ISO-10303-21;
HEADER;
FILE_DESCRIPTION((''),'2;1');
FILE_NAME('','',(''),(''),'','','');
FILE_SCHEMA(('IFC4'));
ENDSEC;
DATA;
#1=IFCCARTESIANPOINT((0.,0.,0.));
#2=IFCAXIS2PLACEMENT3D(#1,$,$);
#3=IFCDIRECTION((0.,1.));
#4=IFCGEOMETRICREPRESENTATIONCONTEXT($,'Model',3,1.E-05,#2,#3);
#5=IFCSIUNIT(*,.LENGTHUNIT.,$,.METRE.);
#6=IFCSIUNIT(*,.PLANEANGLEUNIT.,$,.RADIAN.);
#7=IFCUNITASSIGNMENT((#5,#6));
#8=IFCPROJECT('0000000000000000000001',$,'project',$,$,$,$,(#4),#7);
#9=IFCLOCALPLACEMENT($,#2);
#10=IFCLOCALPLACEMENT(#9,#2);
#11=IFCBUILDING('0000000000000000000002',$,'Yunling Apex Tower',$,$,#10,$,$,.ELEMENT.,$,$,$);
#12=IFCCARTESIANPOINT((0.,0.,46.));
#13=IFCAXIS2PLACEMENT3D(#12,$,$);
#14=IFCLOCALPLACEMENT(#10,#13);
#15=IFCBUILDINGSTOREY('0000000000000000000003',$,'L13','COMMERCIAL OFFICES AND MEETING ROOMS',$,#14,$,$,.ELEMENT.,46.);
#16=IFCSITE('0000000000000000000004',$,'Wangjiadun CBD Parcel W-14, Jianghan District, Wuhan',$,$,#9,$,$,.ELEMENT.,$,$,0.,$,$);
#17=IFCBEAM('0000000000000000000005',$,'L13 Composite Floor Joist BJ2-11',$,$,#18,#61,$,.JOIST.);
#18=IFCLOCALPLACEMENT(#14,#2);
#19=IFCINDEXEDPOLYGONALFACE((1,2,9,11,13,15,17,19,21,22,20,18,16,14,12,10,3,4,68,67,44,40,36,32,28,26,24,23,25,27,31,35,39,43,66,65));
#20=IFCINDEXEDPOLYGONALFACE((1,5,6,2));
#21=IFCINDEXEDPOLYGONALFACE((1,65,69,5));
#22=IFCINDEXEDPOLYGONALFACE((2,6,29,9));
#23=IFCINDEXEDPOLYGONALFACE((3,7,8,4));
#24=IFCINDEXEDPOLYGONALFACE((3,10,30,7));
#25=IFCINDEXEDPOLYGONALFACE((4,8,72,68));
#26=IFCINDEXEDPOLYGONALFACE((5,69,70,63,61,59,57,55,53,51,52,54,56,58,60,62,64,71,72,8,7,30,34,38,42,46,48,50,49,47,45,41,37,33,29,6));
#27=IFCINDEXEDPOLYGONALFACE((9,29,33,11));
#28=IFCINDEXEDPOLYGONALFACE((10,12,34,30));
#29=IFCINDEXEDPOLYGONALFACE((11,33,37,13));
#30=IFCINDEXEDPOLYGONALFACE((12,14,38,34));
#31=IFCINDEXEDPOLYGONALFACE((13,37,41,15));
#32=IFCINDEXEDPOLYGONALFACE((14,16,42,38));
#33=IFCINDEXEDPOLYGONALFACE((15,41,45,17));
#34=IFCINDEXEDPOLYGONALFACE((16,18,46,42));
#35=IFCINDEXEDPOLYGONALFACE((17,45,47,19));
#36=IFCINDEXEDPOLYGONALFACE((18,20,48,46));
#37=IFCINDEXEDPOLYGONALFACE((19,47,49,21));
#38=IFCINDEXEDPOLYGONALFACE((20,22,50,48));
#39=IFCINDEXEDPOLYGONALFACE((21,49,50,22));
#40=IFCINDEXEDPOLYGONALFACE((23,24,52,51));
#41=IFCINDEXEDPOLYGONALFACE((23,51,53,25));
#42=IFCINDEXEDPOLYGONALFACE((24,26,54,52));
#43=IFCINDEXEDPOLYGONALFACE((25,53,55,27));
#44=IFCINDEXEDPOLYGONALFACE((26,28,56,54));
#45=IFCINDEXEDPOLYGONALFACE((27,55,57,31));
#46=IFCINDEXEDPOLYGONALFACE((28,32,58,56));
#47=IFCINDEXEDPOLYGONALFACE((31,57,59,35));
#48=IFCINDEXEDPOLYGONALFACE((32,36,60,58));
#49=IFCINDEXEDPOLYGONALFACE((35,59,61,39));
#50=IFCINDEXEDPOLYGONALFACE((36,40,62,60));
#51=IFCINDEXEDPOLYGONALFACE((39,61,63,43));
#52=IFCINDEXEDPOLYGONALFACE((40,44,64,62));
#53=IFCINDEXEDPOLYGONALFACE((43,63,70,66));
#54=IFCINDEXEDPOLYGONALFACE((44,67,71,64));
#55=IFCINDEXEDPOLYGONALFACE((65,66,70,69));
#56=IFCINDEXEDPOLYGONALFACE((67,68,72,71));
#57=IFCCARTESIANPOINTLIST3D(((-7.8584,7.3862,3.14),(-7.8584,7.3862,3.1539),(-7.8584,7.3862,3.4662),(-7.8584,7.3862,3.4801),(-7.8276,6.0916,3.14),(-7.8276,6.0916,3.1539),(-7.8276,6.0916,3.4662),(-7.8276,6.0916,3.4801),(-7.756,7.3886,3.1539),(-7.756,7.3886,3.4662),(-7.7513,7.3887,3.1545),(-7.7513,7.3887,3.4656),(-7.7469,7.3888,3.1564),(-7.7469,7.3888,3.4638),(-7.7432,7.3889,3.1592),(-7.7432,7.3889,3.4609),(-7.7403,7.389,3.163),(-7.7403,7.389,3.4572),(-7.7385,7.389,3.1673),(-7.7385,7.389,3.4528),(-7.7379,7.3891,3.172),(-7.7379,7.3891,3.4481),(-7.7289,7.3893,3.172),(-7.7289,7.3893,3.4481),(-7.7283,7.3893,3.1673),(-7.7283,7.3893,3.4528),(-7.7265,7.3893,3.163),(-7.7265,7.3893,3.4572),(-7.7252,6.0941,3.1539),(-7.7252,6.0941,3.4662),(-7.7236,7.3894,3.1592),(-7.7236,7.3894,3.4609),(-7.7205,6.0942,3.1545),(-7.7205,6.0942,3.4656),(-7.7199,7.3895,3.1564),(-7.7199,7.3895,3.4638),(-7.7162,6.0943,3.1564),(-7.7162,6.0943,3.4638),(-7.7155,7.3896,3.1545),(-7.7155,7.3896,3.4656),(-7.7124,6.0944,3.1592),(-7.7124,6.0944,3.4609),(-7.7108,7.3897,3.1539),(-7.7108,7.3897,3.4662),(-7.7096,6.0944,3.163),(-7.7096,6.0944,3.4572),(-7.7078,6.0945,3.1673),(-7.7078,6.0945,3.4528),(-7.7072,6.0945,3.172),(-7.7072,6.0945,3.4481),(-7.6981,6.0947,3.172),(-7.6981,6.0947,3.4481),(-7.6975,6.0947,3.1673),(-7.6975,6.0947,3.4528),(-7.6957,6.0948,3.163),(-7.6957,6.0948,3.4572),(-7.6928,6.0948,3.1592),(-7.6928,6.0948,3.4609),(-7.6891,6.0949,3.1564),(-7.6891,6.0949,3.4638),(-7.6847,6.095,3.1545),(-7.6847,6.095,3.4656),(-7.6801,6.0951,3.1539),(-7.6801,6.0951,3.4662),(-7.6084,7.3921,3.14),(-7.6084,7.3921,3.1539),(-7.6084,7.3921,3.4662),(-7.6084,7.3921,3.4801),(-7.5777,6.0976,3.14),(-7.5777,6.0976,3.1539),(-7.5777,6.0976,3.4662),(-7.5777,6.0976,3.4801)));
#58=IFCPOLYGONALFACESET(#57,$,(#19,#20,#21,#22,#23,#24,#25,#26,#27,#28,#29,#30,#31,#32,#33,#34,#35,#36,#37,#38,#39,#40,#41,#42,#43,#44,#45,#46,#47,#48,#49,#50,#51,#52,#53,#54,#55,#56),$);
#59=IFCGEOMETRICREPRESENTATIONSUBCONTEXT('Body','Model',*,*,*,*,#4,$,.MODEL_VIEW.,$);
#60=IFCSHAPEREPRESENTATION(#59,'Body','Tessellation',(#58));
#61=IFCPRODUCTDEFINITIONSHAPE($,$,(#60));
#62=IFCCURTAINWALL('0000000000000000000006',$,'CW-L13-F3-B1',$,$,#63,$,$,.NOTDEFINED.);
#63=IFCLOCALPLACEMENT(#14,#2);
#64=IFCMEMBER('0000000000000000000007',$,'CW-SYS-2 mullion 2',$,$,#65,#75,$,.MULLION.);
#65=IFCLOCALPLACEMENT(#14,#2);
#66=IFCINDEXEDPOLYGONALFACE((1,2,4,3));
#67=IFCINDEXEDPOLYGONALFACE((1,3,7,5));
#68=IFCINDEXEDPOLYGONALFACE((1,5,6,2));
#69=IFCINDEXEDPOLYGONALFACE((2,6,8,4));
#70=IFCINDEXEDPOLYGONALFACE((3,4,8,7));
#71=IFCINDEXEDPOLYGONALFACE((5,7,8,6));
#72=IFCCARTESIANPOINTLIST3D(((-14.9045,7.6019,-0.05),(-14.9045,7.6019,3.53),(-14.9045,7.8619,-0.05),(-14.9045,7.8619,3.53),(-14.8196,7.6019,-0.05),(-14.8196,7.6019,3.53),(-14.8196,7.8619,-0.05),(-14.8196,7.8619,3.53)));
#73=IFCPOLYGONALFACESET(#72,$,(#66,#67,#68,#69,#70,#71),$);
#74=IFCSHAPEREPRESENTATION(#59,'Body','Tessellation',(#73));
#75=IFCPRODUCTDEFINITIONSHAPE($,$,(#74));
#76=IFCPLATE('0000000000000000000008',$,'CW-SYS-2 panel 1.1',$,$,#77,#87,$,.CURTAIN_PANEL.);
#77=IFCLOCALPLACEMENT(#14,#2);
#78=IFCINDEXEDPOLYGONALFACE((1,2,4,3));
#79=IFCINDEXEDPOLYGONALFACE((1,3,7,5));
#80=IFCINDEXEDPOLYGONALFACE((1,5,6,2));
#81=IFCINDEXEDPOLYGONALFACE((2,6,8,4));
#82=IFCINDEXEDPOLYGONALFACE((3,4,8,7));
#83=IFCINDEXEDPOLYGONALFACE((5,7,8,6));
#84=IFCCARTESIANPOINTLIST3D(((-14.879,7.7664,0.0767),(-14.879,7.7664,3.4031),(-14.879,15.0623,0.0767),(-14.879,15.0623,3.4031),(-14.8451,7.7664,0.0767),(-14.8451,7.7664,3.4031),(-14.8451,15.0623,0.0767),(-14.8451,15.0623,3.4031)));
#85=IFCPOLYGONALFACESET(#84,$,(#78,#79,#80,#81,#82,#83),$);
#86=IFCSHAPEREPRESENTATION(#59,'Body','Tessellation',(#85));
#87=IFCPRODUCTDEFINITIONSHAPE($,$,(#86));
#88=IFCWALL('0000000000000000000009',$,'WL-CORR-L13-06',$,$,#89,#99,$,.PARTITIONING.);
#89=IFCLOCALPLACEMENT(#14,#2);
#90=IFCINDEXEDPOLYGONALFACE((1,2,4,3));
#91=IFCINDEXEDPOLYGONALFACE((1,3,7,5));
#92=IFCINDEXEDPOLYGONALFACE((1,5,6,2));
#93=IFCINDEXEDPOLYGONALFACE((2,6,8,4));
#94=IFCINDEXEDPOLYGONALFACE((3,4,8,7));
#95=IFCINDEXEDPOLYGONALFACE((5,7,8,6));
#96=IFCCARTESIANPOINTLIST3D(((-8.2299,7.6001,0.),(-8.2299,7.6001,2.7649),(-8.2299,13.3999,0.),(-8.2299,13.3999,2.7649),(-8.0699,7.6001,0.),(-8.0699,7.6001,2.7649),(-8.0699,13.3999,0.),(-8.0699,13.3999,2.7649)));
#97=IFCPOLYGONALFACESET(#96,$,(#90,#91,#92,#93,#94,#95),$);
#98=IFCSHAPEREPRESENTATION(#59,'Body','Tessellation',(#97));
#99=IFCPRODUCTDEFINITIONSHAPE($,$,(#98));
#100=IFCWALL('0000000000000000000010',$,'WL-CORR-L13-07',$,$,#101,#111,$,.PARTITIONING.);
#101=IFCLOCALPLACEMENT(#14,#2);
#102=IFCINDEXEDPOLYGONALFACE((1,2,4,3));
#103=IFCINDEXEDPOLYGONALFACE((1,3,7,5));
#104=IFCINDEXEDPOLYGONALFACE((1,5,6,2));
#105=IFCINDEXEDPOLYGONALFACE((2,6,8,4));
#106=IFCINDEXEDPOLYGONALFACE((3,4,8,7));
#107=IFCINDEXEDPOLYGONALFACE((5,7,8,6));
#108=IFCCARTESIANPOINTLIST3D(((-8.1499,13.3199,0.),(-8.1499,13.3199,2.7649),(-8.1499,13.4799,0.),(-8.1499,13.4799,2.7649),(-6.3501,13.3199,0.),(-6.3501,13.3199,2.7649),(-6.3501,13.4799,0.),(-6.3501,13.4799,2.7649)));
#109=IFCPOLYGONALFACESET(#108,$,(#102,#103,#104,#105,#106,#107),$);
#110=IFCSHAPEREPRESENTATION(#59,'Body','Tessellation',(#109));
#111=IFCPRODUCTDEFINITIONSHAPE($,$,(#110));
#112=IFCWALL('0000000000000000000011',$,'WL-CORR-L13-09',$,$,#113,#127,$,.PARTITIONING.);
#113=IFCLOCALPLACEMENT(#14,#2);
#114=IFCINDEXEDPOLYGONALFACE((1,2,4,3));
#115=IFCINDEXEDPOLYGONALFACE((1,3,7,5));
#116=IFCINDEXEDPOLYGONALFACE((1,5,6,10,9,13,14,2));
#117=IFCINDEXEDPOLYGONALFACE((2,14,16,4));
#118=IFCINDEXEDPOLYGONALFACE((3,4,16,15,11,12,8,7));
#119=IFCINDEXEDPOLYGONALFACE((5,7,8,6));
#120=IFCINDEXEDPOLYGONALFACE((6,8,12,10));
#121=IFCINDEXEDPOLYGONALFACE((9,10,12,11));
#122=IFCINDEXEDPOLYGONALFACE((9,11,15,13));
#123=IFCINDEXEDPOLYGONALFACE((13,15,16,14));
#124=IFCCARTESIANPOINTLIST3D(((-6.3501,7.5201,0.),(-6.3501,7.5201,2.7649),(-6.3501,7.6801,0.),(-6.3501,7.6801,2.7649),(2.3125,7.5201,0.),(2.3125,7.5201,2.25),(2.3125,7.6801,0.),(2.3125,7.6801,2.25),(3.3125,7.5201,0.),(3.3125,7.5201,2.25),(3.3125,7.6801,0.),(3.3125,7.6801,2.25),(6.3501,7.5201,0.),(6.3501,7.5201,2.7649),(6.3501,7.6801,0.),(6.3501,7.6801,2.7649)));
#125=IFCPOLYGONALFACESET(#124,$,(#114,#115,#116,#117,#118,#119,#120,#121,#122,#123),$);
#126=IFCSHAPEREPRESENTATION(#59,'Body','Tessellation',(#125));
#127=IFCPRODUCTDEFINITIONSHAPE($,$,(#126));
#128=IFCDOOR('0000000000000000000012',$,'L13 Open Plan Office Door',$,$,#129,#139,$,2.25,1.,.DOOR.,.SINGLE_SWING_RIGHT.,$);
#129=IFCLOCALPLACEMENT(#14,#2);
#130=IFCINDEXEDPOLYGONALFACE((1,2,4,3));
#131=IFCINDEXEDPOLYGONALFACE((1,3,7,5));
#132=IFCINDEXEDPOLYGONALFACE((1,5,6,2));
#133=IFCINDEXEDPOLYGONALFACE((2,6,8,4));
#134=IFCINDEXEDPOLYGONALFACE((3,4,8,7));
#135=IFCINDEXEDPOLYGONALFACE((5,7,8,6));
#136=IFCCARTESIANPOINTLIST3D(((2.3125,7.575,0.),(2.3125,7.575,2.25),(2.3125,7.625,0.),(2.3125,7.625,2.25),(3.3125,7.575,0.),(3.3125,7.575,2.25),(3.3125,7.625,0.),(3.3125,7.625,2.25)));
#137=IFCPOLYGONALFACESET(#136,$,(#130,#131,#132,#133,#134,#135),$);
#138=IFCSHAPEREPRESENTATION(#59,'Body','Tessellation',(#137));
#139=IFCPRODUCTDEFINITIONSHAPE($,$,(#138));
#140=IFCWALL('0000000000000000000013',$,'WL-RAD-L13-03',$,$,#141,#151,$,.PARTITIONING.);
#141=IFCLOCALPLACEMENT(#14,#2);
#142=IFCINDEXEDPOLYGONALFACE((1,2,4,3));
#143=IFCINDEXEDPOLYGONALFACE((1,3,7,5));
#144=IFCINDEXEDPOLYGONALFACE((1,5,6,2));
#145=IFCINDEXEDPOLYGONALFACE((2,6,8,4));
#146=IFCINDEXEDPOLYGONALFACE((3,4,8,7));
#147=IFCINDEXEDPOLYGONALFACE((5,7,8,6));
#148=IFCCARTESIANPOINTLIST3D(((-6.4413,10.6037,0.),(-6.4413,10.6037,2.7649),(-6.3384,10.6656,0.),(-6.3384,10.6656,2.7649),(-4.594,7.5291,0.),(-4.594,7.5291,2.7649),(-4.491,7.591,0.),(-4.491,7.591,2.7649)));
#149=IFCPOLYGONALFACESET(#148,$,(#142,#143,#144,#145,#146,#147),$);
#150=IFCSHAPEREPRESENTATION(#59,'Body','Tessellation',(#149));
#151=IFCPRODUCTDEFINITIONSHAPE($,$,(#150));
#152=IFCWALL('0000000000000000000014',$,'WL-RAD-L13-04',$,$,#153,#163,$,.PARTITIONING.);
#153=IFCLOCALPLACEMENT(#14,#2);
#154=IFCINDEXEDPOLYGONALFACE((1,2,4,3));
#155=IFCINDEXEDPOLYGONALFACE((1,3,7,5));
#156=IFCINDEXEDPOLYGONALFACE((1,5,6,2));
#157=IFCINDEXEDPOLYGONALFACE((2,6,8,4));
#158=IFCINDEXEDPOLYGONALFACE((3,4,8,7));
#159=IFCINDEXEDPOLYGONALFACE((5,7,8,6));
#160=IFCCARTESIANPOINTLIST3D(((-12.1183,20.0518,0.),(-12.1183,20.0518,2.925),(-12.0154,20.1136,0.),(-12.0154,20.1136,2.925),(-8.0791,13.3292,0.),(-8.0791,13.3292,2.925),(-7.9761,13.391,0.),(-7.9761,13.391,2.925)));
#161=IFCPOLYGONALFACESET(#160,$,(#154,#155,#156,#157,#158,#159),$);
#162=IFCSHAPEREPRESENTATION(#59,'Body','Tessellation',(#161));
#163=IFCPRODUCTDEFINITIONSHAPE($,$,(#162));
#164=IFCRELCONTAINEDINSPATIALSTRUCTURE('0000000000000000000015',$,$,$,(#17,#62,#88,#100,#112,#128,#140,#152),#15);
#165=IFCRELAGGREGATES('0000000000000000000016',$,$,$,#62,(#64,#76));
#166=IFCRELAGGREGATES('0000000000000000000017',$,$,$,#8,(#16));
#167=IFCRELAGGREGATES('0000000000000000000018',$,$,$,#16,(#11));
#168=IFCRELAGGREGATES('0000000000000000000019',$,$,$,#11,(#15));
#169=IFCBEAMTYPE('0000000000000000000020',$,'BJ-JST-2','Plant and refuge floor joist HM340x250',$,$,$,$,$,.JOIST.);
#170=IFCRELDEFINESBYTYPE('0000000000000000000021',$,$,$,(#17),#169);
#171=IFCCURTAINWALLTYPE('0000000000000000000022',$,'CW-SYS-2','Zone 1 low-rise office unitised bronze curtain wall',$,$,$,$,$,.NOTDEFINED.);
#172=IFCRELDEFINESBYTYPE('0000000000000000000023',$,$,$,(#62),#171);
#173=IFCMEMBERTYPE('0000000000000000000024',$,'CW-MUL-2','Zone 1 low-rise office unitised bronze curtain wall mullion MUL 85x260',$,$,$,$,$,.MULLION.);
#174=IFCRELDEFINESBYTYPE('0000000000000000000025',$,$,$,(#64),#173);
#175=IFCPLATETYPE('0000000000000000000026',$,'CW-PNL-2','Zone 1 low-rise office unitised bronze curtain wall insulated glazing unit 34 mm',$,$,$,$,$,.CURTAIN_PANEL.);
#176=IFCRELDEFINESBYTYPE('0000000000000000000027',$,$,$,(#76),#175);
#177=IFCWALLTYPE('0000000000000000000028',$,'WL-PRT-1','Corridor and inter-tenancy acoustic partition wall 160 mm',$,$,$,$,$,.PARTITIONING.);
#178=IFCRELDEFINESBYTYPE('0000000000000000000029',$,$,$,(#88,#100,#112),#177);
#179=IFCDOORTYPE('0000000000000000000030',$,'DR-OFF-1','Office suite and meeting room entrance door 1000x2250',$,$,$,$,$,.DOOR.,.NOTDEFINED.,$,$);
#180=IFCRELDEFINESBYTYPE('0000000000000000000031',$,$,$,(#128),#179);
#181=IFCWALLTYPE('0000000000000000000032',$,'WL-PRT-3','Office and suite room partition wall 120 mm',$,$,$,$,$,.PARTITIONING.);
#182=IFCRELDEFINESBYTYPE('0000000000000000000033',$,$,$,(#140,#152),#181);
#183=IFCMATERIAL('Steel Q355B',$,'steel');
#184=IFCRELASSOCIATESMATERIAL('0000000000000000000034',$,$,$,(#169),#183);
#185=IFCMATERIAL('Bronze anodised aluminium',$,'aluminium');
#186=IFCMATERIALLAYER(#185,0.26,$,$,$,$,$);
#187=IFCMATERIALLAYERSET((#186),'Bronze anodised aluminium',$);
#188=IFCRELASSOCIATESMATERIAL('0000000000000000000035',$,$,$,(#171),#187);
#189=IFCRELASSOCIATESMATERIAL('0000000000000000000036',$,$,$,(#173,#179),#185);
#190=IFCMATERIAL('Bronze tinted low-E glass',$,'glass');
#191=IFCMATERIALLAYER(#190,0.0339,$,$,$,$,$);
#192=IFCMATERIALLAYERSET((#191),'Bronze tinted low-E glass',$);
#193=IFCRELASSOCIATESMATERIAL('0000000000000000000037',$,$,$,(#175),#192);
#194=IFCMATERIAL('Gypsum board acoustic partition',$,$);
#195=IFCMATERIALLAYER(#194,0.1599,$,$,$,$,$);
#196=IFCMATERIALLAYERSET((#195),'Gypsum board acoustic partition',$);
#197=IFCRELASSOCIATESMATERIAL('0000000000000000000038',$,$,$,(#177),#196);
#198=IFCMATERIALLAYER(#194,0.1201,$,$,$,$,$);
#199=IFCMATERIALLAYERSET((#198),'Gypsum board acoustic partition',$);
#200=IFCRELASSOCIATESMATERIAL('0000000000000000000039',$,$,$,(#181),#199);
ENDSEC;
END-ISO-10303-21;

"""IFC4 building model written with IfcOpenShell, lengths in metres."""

from ifc_helpers import new_model, si_unit, direction, frame, frame_2d, origin, origin_2d, place, context, subcontext, project, spatial, rectangle, i_section, extrude, source, transform, mapped, material, layer, layer_set, material_profile, profile_set, type_object, element, fill, aggregate, save


model = new_model("IFC4")

# Units and contexts
model_context = context("Model", 3, precision=1e-05, world=origin(), true_north=direction((0.0, 1.0)))
body_context = subcontext(model_context, "Body", "Model", "MODEL_VIEW")
ifc_project = project(units=[si_unit("LENGTHUNIT", "METRE"), si_unit("PLANEANGLEUNIT", "RADIAN")], contexts=[model_context])

# Site, building, storey
site_placement = place(None, origin())
site = spatial("IfcSite", under=ifc_project, at=site_placement, Name="Wangjiadun CBD Parcel W-14, Jianghan District, Wuhan", CompositionType="ELEMENT", RefElevation=0.0)
building_placement = place(site_placement, origin())
building = spatial("IfcBuilding", under=site, at=building_placement, Name="Yunling Apex Tower", CompositionType="ELEMENT")
storey_placement = place(building_placement, frame((0.0, 0.0, 46.0)))
storey = spatial("IfcBuildingStorey", under=building, at=storey_placement, Name="L13", Description="COMMERCIAL OFFICES AND MEETING ROOMS", CompositionType="ELEMENT", Elevation=46.0)

# Beam
ifc_material_1 = material(Name="Steel Q355B", Category="steel")
ifc_material_profile_1 = material_profile(ifc_material_1, i_section(OverallWidth=0.25, OverallDepth=0.3401, WebThickness=0.009, FlangeThickness=0.0139, FilletRadius=0.0181, at=origin_2d()))
ifc_profile_set_1 = profile_set([ifc_material_profile_1], Name="Steel Q355B")
beam_type_1 = type_object("IfcBeamType", Name="BJ-JST-2", Description="Plant and refuge floor joist HM340x250", PredefinedType="JOIST", material=ifc_profile_set_1)
shared_shape_1 = source(origin(), body_context, "Body", "SweptSolid", [
    extrude(i_section(OverallWidth=0.25, OverallDepth=0.3401, WebThickness=0.009, FlangeThickness=0.0139, FilletRadius=0.0181, at=origin_2d()), origin(), (0.0, 0.0, 1.0), 1.2949),
])
beam_1_placement = place(storey_placement, frame((-7.7334, 7.3892, 3.3101), z_axis=(0.023753, -0.999718, 0.0), x_axis=(0.999718, 0.023753, 0.0)))
element("IfcBeam", 1, at=beam_1_placement, inside=storey, type_object=beam_type_1, Name="L13 Composite Floor Joist BJ2-11", PredefinedType="JOIST", context=body_context, shape_type="MappedRepresentation", body=[
    mapped(shared_shape_1, transform((0.0, 0.0, 0.0), scale=1.0)),
])

# Curtain wall, member, plate
ifc_material_2 = material(Name="Bronze anodised aluminium", Category="aluminium")
ifc_layer_1 = layer(ifc_material_2, 0.26)
ifc_layer_set_1 = layer_set([ifc_layer_1], Name="Bronze anodised aluminium")
curtain_wall_type = type_object("IfcCurtainWallType", Name="CW-SYS-2", Description="Zone 1 low-rise office unitised bronze curtain wall", PredefinedType="NOTDEFINED", material=ifc_layer_set_1)
curtain_wall_placement = place(storey_placement, origin())
curtain_wall = element("IfcCurtainWall", 2, at=curtain_wall_placement, inside=storey, type_object=curtain_wall_type, Name="CW-L13-F3-B1", PredefinedType="NOTDEFINED")
ifc_material_profile_2 = material_profile(ifc_material_2, rectangle(XDim=0.085, YDim=0.26, at=origin_2d()))
ifc_profile_set_2 = profile_set([ifc_material_profile_2], Name="Bronze anodised aluminium")
member_type = type_object("IfcMemberType", Name="CW-MUL-2", Description="Zone 1 low-rise office unitised bronze curtain wall mullion MUL 85x260", PredefinedType="MULLION", material=ifc_profile_set_2)
shared_shape_2 = source(origin(), body_context, "Body", "SweptSolid", [
    extrude(rectangle(XDim=0.085, YDim=0.26, at=origin_2d()), origin(), (0.0, 0.0, 1.0), 3.5801),
])
member_placement = place(storey_placement, frame((-14.8621, 7.7319, -0.05), z_axis=(0.0, 0.0, 1.0), x_axis=(1.0, 0.0, 0.0)))
member = element("IfcMember", 3, at=member_placement, type_object=member_type, Name="CW-SYS-2 mullion 2", PredefinedType="MULLION", context=body_context, shape_type="MappedRepresentation", body=[
    mapped(shared_shape_2, transform((0.0, 0.0, 0.0), scale=1.0)),
])
ifc_material_3 = material(Name="Bronze tinted low-E glass", Category="glass")
ifc_layer_2 = layer(ifc_material_3, 0.0339)
ifc_layer_set_2 = layer_set([ifc_layer_2], Name="Bronze tinted low-E glass")
plate_type = type_object("IfcPlateType", Name="CW-PNL-2", Description="Zone 1 low-rise office unitised bronze curtain wall insulated glazing unit 34 mm", PredefinedType="CURTAIN_PANEL", material=ifc_layer_set_2)
shared_shape_3 = source(origin(), body_context, "Body", "SweptSolid", [
    extrude(rectangle(XDim=7.2959, YDim=0.0339, at=origin_2d()), origin(), (0.0, 0.0, 1.0), 3.3264),
])
plate_placement = place(storey_placement, frame((-14.8621, 11.4143, 0.0767), z_axis=(0.0, 0.0, 1.0), x_axis=(0.0, -1.0, 0.0)))
plate = element("IfcPlate", 4, at=plate_placement, type_object=plate_type, Name="CW-SYS-2 panel 1.1", PredefinedType="CURTAIN_PANEL", context=body_context, shape_type="MappedRepresentation", body=[
    mapped(shared_shape_3, transform((0.0, 0.0, 0.0), scale=1.0)),
])
aggregate(curtain_wall, [member, plate])

# Walls
ifc_material_4 = material(Name="Gypsum board acoustic partition")
ifc_layer_3 = layer(ifc_material_4, 0.1599)
ifc_layer_set_3 = layer_set([ifc_layer_3], Name="Gypsum board acoustic partition")
wall_type_1 = type_object("IfcWallType", Name="WL-PRT-1", Description="Corridor and inter-tenancy acoustic partition wall 160 mm", PredefinedType="PARTITIONING", material=ifc_layer_set_3)
wall_1_placement = place(storey_placement, frame((-8.1499, 7.6001, 0.0), z_axis=(0.0, 0.0, 1.0), x_axis=(0.0, 1.0, 0.0)))
element("IfcWall", 5, at=wall_1_placement, inside=storey, type_object=wall_type_1, Name="WL-CORR-L13-06", PredefinedType="PARTITIONING", context=body_context, shape_type="SweptSolid", body=[
    extrude(rectangle(XDim=5.7998, YDim=0.1599, at=frame_2d((2.8999, 0.0))), origin(), (0.0, 0.0, 1.0), 2.7649),
])
wall_2_placement = place(storey_placement, frame((-8.1499, 13.3999, 0.0), z_axis=(0.0, 0.0, 1.0), x_axis=(1.0, 0.0, 0.0)))
element("IfcWall", 6, at=wall_2_placement, inside=storey, type_object=wall_type_1, Name="WL-CORR-L13-07", PredefinedType="PARTITIONING", context=body_context, shape_type="SweptSolid", body=[
    extrude(rectangle(XDim=1.7998, YDim=0.1599, at=frame_2d((0.8999, 0.0))), origin(), (0.0, 0.0, 1.0), 2.7649),
])

# Wall, opening, door
wall_3_placement = place(storey_placement, frame((-6.3501, 7.6001, 0.0), z_axis=(0.0, 0.0, 1.0), x_axis=(1.0, 0.0, 0.0)))
wall_3 = element("IfcWall", 7, at=wall_3_placement, inside=storey, type_object=wall_type_1, Name="WL-CORR-L13-09", PredefinedType="PARTITIONING", context=body_context, shape_type="SweptSolid", body=[
    extrude(rectangle(XDim=12.7002, YDim=0.1599, at=frame_2d((6.3501, 0.0))), origin(), (0.0, 0.0, 1.0), 2.7649),
])
opening_placement = place(wall_3_placement, frame((8.6626, 0.0, 0.0)))
opening = element("IfcOpeningElement", 8, at=opening_placement, cuts=wall_3, PredefinedType="OPENING", context=body_context, shape_type="SweptSolid", body=[
    extrude(rectangle(XDim=1.0, YDim=2.25, at=frame_2d((0.5, 1.125))), frame((0.0, 0.0898, 0.0), z_axis=(0.0, -1.0, 0.0), x_axis=(1.0, 0.0, 0.0)), (0.0, 0.0, 1.0), 0.1799),
])
door_type = type_object("IfcDoorType", Name="DR-OFF-1", Description="Office suite and meeting room entrance door 1000x2250", OperationType="NOTDEFINED", PredefinedType="DOOR", material=ifc_material_2)
door_placement = place(opening_placement, origin())
door = element("IfcDoor", 9, at=door_placement, inside=storey, type_object=door_type, Name="L13 Open Plan Office Door", OperationType="SINGLE_SWING_RIGHT", OverallHeight=2.25, OverallWidth=1.0, PredefinedType="DOOR", context=body_context, shape_type="SweptSolid", body=[
    extrude(rectangle(XDim=1.0, YDim=2.25, at=frame_2d((0.5, 1.125))), frame((0.0, 0.0249, 0.0), z_axis=(0.0, -1.0, 0.0), x_axis=(1.0, 0.0, 0.0)), (0.0, 0.0, 1.0), 0.05),
])
fill(opening, door)

# Walls
ifc_layer_4 = layer(ifc_material_4, 0.1201)
ifc_layer_set_4 = layer_set([ifc_layer_4], Name="Gypsum board acoustic partition")
wall_type_2 = type_object("IfcWallType", Name="WL-PRT-3", Description="Office and suite room partition wall 120 mm", PredefinedType="PARTITIONING", material=ifc_layer_set_4)
wall_4_placement = place(storey_placement, frame((-4.5425, 7.5601, 0.0), z_axis=(0.0, 0.0, 1.0), x_axis=(-0.515026, 0.857174, 0.0)))
element("IfcWall", 10, at=wall_4_placement, inside=storey, type_object=wall_type_2, Name="WL-RAD-L13-03", PredefinedType="PARTITIONING", context=body_context, shape_type="SweptSolid", body=[
    extrude(rectangle(XDim=3.5869, YDim=0.1201, at=frame_2d((1.7935, 0.0))), origin(), (0.0, 0.0, 1.0), 2.7649),
])
wall_5_placement = place(storey_placement, frame((-8.0276, 13.3601, 0.0), z_axis=(0.0, 0.0, 1.0), x_axis=(-0.515031, 0.857171, 0.0)))
element("IfcWall", 11, at=wall_5_placement, inside=storey, type_object=wall_type_2, Name="WL-RAD-L13-04", PredefinedType="PARTITIONING", context=body_context, shape_type="SweptSolid", body=[
    extrude(rectangle(XDim=7.8428, YDim=0.1201, at=frame_2d((3.9214, 0.0))), origin(), (0.0, 0.0, 1.0), 2.925),
])

save(model, "model.ifc")
